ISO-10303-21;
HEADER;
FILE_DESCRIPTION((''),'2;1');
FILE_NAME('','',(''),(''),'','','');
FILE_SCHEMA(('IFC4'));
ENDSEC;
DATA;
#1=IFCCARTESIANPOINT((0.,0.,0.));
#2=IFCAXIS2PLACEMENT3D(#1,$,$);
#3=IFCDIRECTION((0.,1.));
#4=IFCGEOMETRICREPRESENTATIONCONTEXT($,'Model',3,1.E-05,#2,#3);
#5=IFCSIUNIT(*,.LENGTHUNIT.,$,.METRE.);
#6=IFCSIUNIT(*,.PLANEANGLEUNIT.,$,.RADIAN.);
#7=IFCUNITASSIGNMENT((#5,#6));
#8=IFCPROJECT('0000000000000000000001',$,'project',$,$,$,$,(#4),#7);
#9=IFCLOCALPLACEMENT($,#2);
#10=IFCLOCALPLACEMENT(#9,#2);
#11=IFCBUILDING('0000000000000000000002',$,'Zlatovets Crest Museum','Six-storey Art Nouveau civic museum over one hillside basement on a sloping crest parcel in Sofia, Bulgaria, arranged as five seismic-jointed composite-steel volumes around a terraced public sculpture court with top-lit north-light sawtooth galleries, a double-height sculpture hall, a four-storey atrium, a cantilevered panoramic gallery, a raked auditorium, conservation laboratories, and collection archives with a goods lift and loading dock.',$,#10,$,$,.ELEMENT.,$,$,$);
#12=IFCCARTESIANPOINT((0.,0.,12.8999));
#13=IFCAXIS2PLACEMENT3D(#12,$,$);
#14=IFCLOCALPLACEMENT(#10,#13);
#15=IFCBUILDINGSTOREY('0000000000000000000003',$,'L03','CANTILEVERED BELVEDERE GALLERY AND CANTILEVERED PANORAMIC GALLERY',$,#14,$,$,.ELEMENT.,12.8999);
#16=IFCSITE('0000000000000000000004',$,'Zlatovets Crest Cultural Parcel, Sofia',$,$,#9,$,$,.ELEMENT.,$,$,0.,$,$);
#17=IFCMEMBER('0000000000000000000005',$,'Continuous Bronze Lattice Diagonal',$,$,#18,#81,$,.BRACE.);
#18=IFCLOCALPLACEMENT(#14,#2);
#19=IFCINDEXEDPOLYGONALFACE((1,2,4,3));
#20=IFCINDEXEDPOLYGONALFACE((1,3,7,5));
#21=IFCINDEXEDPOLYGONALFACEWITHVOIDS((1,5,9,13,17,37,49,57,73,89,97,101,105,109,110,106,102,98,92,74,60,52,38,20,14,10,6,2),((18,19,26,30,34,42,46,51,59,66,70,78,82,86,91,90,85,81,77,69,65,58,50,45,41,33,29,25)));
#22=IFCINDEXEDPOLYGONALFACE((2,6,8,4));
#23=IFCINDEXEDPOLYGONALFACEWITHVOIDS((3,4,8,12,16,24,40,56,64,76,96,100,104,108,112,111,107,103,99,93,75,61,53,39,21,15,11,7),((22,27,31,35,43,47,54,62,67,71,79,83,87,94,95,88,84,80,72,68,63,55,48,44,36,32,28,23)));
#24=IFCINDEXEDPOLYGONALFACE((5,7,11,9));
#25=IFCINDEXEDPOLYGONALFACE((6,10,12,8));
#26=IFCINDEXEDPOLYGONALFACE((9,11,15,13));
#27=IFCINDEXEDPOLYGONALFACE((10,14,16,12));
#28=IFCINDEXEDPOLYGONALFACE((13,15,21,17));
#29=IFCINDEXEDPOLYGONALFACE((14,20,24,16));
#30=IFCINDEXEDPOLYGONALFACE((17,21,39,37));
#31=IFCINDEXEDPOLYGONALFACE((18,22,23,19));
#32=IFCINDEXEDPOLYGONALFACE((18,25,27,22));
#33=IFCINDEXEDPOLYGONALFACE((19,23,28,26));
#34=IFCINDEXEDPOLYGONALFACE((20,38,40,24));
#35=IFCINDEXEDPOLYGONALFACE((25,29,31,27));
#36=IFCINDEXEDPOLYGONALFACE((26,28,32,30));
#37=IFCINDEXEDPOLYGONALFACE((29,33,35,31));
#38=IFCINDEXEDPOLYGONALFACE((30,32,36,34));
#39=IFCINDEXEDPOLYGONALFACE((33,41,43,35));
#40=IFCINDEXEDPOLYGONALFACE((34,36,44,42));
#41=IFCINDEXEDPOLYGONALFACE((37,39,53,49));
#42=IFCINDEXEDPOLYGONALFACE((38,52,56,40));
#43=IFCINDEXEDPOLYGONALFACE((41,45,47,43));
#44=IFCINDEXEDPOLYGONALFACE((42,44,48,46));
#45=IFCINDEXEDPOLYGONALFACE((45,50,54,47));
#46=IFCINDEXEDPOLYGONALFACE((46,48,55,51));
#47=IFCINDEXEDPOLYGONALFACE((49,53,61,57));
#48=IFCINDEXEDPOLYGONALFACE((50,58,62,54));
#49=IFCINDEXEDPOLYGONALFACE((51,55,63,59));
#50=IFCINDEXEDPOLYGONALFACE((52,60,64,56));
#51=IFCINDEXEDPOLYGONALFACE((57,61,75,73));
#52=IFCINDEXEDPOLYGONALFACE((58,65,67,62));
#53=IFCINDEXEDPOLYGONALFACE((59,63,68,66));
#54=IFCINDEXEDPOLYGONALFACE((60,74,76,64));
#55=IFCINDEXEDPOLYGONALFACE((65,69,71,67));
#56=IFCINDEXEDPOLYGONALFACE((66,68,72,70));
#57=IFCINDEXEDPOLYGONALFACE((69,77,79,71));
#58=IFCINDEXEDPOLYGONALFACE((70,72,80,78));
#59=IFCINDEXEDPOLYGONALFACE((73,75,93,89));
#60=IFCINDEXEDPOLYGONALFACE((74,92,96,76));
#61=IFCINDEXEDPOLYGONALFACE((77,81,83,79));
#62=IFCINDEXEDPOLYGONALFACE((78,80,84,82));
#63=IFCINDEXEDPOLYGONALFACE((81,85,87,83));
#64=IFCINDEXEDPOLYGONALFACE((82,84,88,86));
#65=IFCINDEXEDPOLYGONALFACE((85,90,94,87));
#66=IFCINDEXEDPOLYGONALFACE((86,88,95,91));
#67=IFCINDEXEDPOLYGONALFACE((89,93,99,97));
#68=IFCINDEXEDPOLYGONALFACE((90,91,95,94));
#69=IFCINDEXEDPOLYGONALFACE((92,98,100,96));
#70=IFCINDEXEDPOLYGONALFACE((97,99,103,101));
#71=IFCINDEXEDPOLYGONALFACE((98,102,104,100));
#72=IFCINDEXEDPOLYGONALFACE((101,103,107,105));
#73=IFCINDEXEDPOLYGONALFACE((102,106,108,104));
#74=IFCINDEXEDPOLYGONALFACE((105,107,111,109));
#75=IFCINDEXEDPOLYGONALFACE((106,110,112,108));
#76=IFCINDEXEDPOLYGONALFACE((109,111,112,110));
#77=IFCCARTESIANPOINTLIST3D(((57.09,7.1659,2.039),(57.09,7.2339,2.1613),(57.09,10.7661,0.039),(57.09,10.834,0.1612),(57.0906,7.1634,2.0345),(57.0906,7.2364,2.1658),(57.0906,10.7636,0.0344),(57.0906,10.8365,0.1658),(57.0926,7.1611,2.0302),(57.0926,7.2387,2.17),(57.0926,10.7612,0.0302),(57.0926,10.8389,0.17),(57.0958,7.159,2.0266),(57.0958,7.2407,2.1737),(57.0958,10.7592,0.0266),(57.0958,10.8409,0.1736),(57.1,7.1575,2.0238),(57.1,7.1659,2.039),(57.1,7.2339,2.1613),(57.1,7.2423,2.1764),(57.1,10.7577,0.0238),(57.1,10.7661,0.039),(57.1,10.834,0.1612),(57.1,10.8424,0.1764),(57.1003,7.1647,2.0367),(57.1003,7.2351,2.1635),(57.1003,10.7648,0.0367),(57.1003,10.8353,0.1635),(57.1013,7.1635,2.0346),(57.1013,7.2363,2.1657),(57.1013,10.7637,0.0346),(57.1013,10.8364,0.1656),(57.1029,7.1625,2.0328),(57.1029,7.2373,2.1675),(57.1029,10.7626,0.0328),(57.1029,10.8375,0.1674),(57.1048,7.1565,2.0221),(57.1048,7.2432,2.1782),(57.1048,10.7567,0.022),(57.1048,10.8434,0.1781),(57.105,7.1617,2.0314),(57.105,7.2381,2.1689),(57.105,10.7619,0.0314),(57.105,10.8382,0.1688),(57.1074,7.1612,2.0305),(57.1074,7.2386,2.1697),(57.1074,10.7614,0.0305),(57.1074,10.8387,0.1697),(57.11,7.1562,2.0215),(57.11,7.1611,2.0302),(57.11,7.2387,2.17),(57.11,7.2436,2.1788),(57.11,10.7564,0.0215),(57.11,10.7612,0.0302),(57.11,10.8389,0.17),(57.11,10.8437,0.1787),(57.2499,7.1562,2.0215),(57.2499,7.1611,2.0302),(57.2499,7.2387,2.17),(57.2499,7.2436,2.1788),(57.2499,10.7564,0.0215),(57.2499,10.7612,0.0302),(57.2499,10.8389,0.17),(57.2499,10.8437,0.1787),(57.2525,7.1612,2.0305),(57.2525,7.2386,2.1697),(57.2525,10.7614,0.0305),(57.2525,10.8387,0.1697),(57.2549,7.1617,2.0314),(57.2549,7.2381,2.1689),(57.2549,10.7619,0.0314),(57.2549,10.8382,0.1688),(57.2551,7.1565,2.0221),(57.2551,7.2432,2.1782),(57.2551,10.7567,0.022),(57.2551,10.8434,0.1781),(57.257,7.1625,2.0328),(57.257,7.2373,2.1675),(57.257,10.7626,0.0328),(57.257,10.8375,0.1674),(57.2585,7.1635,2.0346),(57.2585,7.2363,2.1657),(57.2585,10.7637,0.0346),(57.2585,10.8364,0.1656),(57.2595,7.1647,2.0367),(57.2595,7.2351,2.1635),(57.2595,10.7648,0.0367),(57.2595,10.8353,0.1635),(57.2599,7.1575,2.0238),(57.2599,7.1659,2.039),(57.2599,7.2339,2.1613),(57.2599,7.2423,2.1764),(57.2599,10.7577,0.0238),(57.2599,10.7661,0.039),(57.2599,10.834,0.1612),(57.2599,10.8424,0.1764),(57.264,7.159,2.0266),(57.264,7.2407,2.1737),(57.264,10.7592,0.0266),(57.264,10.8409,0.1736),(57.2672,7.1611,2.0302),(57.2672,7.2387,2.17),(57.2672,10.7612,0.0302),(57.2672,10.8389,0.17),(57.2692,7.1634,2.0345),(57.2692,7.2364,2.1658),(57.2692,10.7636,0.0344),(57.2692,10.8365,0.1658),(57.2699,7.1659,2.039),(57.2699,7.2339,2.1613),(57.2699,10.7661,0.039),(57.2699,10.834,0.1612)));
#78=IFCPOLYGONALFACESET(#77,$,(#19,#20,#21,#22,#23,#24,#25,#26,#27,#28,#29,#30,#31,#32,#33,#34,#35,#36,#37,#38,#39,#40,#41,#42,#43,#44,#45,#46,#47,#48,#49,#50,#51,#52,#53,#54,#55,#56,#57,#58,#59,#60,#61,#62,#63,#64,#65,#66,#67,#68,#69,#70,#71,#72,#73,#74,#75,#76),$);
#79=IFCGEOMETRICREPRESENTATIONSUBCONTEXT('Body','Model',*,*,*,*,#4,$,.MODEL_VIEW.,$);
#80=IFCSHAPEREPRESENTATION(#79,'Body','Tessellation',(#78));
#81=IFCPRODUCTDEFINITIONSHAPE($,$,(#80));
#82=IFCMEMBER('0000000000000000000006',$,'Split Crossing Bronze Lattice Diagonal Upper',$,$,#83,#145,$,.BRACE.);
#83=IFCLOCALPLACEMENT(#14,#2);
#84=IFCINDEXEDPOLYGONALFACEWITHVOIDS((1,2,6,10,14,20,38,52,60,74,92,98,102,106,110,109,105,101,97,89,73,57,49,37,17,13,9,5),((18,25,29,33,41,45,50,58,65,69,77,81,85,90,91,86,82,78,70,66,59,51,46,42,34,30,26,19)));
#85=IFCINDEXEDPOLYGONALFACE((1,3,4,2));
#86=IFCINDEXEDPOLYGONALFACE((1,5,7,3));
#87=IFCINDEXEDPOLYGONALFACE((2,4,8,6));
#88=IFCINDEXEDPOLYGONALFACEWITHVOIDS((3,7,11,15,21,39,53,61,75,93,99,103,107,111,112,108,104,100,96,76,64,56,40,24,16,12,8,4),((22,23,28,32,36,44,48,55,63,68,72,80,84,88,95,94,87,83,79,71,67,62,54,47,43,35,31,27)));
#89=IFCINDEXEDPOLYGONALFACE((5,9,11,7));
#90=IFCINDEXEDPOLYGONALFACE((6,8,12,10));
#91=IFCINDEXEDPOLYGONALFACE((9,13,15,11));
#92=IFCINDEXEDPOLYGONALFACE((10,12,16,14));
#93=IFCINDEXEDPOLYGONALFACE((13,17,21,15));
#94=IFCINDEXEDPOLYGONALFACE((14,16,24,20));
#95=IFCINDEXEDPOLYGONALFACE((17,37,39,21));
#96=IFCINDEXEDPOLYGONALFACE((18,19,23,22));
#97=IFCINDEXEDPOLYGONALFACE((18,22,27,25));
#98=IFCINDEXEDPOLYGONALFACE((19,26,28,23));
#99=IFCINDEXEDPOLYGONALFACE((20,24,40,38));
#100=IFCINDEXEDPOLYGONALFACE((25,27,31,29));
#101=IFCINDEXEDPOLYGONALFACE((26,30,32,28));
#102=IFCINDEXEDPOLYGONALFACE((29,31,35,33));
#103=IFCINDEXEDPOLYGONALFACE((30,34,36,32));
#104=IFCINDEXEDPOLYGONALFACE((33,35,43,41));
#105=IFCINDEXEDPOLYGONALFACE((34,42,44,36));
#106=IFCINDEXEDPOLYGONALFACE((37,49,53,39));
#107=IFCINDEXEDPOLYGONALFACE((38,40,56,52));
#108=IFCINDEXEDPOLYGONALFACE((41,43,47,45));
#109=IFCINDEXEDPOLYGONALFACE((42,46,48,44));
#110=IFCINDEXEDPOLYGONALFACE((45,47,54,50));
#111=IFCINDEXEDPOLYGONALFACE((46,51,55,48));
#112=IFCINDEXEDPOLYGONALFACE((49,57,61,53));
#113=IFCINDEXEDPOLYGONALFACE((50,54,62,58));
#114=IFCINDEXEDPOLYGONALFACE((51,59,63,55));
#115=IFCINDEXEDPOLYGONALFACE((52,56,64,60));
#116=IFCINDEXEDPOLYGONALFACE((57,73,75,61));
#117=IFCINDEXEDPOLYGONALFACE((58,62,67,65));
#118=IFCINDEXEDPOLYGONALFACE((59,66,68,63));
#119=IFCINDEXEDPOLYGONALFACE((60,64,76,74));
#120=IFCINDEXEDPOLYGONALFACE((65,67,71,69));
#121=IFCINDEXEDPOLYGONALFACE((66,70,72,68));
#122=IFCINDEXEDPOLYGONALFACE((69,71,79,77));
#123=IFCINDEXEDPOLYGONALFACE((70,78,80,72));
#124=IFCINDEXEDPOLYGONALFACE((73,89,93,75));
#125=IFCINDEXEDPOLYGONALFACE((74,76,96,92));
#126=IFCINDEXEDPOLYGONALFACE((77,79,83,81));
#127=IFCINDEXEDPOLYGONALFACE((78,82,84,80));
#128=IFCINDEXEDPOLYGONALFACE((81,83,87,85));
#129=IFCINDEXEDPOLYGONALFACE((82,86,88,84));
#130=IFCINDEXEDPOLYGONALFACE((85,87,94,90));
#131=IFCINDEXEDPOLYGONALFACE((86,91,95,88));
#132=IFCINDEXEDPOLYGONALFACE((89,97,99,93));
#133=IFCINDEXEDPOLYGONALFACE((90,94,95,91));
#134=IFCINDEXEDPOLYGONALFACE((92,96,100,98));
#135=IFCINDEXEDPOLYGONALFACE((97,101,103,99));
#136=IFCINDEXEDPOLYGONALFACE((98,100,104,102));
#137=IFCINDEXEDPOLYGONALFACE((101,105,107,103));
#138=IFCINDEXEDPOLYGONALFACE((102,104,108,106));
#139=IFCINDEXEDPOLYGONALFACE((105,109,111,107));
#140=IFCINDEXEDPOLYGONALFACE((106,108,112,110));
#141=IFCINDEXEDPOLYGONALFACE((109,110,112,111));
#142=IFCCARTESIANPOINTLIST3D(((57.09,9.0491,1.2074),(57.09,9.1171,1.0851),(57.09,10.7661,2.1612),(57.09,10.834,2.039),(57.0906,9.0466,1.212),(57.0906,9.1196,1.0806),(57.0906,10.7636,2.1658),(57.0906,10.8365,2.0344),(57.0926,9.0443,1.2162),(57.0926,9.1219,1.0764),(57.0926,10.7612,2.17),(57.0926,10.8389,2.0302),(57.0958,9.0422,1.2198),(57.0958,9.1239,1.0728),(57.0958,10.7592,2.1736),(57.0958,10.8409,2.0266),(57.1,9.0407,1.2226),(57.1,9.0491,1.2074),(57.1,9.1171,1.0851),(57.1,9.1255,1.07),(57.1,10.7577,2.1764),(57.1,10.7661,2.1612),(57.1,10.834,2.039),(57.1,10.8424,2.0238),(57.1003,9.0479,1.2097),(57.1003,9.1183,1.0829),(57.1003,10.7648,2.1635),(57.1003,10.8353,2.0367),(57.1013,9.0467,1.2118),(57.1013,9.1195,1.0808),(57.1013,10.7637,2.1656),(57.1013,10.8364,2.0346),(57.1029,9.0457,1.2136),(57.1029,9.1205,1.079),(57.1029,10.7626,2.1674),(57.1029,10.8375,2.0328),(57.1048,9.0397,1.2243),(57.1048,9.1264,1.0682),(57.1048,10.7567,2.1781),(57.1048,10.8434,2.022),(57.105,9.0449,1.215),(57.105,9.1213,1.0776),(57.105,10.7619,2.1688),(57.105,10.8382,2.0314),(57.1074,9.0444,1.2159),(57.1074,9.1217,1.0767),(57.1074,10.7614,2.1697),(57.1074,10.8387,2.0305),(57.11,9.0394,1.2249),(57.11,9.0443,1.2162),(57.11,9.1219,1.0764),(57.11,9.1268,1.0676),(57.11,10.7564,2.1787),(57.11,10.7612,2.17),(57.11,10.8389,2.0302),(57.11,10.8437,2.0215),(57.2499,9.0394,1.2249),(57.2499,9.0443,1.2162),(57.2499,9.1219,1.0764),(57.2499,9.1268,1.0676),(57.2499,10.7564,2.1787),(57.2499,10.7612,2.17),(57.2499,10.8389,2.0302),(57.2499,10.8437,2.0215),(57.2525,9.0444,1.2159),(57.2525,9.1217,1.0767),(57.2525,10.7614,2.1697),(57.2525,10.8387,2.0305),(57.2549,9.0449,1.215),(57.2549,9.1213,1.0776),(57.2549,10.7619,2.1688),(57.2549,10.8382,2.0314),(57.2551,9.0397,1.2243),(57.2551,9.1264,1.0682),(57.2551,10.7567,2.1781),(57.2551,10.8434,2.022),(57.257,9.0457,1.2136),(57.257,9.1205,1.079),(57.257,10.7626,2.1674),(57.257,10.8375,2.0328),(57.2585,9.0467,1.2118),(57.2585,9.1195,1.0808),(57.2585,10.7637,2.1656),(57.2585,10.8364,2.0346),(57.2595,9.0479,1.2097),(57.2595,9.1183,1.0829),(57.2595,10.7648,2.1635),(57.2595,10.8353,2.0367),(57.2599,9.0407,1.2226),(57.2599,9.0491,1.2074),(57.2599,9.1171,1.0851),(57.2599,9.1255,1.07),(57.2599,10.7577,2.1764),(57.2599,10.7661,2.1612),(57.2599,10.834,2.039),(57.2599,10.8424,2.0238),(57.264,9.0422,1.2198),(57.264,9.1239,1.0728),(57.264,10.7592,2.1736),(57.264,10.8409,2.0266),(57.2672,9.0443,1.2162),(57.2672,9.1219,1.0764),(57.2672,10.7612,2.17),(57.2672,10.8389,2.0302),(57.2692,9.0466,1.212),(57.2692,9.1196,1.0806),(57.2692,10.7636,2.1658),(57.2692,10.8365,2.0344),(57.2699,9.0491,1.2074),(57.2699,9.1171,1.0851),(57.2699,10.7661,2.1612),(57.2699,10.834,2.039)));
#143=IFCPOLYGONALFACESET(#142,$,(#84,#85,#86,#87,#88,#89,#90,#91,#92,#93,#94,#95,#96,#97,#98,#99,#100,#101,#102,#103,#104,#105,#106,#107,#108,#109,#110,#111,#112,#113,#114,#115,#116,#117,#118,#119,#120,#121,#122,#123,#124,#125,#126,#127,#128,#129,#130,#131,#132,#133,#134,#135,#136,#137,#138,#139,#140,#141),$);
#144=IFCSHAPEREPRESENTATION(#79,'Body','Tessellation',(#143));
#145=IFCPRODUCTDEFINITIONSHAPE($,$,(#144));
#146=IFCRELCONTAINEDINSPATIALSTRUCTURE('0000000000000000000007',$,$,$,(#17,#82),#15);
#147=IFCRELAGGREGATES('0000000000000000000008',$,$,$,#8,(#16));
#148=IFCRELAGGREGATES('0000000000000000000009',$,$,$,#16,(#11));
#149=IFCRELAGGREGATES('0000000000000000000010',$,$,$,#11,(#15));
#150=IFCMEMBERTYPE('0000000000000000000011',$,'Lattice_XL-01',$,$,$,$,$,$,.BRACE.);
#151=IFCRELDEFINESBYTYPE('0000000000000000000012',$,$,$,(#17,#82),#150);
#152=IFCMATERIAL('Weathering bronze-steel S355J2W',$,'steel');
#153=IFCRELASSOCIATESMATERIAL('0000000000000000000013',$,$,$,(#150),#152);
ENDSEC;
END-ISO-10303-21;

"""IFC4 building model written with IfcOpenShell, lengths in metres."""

from ifc_helpers import new_model, si_unit, direction, frame, origin, origin_2d, place, context, subcontext, project, spatial, hollow_rectangle, extrude, material, material_profile, profile_set, type_object, element, save


model = new_model("IFC4")

# Units and contexts
model_context = context("Model", 3, precision=1e-05, world=origin(), true_north=direction((0.0, 1.0)))
body_context = subcontext(model_context, "Body", "Model", "MODEL_VIEW")
ifc_project = project(units=[si_unit("LENGTHUNIT", "METRE"), si_unit("PLANEANGLEUNIT", "RADIAN")], contexts=[model_context])

# Site, building, storey
site_placement = place(None, origin())
site = spatial("IfcSite", under=ifc_project, at=site_placement, Name="Zlatovets Crest Cultural Parcel, Sofia", CompositionType="ELEMENT", RefElevation=0.0)
building_placement = place(site_placement, origin())
building = spatial("IfcBuilding", under=site, at=building_placement, Name="Zlatovets Crest Museum", Description="Six-storey Art Nouveau civic museum over one hillside basement on a sloping crest parcel in Sofia, Bulgaria, arranged as five seismic-jointed composite-steel volumes around a terraced public sculpture court with top-lit north-light sawtooth galleries, a double-height sculpture hall, a four-storey atrium, a cantilevered panoramic gallery, a raked auditorium, conservation laboratories, and collection archives with a goods lift and loading dock.", CompositionType="ELEMENT")
storey_placement = place(building_placement, frame((0.0, 0.0, 12.8999)))
storey = spatial("IfcBuildingStorey", under=building, at=storey_placement, Name="L03", Description="CANTILEVERED BELVEDERE GALLERY AND CANTILEVERED PANORAMIC GALLERY", CompositionType="ELEMENT", Elevation=12.8999)

# Members
ifc_material_1 = material(Name="Weathering bronze-steel S355J2W", Category="steel")
ifc_material_profile_1 = material_profile(ifc_material_1, hollow_rectangle(XDim=0.1799, YDim=0.1799, WallThickness=0.01, InnerFilletRadius=0.01, OuterFilletRadius=0.02, at=origin_2d()), Name="SHS 180x180x10.0")
ifc_profile_set_1 = profile_set([ifc_material_profile_1], Name="Weathering bronze-steel S355J2W")
member_type_1 = type_object("IfcMemberType", Name="Lattice_XL-01", PredefinedType="BRACE", material=ifc_profile_set_1)
member_1_placement = place(storey_placement, frame((57.1799, 10.8, 0.1001), z_axis=(0.0, -0.874163, 0.485633), x_axis=(1.0, 0.0, 0.0)))
element("IfcMember", 1, at=member_1_placement, inside=storey, type_object=member_type_1, Name="Continuous Bronze Lattice Diagonal", PredefinedType="BRACE", context=body_context, shape_type="SweptSolid", body=[
    extrude(hollow_rectangle(XDim=0.1799, YDim=0.1799, WallThickness=0.01, InnerFilletRadius=0.01, OuterFilletRadius=0.02, at=origin_2d()), origin(), (0.0, 0.0, 1.0), 4.1184),
])
for number, where, z_axis, x_axis, name in (
    (2, (57.1799, 10.8, 2.1001), (0.0, -0.874169, -0.485622), (1.0, 0.0, 0.0), "Split Crossing Bronze Lattice Diagonal Upper"),
):
    element("IfcMember", number, at=place(storey_placement, frame(where, z_axis=z_axis, x_axis=x_axis)), inside=storey, type_object=member_type_1, Name=name, PredefinedType="BRACE", context=body_context, shape_type="SweptSolid", body=[
        extrude(hollow_rectangle(XDim=0.1799, YDim=0.1799, WallThickness=0.01, InnerFilletRadius=0.01, OuterFilletRadius=0.02, at=origin_2d()), origin(), (0.0, 0.0, 1.0), 1.9641),
    ])

save(model, "model.ifc")
